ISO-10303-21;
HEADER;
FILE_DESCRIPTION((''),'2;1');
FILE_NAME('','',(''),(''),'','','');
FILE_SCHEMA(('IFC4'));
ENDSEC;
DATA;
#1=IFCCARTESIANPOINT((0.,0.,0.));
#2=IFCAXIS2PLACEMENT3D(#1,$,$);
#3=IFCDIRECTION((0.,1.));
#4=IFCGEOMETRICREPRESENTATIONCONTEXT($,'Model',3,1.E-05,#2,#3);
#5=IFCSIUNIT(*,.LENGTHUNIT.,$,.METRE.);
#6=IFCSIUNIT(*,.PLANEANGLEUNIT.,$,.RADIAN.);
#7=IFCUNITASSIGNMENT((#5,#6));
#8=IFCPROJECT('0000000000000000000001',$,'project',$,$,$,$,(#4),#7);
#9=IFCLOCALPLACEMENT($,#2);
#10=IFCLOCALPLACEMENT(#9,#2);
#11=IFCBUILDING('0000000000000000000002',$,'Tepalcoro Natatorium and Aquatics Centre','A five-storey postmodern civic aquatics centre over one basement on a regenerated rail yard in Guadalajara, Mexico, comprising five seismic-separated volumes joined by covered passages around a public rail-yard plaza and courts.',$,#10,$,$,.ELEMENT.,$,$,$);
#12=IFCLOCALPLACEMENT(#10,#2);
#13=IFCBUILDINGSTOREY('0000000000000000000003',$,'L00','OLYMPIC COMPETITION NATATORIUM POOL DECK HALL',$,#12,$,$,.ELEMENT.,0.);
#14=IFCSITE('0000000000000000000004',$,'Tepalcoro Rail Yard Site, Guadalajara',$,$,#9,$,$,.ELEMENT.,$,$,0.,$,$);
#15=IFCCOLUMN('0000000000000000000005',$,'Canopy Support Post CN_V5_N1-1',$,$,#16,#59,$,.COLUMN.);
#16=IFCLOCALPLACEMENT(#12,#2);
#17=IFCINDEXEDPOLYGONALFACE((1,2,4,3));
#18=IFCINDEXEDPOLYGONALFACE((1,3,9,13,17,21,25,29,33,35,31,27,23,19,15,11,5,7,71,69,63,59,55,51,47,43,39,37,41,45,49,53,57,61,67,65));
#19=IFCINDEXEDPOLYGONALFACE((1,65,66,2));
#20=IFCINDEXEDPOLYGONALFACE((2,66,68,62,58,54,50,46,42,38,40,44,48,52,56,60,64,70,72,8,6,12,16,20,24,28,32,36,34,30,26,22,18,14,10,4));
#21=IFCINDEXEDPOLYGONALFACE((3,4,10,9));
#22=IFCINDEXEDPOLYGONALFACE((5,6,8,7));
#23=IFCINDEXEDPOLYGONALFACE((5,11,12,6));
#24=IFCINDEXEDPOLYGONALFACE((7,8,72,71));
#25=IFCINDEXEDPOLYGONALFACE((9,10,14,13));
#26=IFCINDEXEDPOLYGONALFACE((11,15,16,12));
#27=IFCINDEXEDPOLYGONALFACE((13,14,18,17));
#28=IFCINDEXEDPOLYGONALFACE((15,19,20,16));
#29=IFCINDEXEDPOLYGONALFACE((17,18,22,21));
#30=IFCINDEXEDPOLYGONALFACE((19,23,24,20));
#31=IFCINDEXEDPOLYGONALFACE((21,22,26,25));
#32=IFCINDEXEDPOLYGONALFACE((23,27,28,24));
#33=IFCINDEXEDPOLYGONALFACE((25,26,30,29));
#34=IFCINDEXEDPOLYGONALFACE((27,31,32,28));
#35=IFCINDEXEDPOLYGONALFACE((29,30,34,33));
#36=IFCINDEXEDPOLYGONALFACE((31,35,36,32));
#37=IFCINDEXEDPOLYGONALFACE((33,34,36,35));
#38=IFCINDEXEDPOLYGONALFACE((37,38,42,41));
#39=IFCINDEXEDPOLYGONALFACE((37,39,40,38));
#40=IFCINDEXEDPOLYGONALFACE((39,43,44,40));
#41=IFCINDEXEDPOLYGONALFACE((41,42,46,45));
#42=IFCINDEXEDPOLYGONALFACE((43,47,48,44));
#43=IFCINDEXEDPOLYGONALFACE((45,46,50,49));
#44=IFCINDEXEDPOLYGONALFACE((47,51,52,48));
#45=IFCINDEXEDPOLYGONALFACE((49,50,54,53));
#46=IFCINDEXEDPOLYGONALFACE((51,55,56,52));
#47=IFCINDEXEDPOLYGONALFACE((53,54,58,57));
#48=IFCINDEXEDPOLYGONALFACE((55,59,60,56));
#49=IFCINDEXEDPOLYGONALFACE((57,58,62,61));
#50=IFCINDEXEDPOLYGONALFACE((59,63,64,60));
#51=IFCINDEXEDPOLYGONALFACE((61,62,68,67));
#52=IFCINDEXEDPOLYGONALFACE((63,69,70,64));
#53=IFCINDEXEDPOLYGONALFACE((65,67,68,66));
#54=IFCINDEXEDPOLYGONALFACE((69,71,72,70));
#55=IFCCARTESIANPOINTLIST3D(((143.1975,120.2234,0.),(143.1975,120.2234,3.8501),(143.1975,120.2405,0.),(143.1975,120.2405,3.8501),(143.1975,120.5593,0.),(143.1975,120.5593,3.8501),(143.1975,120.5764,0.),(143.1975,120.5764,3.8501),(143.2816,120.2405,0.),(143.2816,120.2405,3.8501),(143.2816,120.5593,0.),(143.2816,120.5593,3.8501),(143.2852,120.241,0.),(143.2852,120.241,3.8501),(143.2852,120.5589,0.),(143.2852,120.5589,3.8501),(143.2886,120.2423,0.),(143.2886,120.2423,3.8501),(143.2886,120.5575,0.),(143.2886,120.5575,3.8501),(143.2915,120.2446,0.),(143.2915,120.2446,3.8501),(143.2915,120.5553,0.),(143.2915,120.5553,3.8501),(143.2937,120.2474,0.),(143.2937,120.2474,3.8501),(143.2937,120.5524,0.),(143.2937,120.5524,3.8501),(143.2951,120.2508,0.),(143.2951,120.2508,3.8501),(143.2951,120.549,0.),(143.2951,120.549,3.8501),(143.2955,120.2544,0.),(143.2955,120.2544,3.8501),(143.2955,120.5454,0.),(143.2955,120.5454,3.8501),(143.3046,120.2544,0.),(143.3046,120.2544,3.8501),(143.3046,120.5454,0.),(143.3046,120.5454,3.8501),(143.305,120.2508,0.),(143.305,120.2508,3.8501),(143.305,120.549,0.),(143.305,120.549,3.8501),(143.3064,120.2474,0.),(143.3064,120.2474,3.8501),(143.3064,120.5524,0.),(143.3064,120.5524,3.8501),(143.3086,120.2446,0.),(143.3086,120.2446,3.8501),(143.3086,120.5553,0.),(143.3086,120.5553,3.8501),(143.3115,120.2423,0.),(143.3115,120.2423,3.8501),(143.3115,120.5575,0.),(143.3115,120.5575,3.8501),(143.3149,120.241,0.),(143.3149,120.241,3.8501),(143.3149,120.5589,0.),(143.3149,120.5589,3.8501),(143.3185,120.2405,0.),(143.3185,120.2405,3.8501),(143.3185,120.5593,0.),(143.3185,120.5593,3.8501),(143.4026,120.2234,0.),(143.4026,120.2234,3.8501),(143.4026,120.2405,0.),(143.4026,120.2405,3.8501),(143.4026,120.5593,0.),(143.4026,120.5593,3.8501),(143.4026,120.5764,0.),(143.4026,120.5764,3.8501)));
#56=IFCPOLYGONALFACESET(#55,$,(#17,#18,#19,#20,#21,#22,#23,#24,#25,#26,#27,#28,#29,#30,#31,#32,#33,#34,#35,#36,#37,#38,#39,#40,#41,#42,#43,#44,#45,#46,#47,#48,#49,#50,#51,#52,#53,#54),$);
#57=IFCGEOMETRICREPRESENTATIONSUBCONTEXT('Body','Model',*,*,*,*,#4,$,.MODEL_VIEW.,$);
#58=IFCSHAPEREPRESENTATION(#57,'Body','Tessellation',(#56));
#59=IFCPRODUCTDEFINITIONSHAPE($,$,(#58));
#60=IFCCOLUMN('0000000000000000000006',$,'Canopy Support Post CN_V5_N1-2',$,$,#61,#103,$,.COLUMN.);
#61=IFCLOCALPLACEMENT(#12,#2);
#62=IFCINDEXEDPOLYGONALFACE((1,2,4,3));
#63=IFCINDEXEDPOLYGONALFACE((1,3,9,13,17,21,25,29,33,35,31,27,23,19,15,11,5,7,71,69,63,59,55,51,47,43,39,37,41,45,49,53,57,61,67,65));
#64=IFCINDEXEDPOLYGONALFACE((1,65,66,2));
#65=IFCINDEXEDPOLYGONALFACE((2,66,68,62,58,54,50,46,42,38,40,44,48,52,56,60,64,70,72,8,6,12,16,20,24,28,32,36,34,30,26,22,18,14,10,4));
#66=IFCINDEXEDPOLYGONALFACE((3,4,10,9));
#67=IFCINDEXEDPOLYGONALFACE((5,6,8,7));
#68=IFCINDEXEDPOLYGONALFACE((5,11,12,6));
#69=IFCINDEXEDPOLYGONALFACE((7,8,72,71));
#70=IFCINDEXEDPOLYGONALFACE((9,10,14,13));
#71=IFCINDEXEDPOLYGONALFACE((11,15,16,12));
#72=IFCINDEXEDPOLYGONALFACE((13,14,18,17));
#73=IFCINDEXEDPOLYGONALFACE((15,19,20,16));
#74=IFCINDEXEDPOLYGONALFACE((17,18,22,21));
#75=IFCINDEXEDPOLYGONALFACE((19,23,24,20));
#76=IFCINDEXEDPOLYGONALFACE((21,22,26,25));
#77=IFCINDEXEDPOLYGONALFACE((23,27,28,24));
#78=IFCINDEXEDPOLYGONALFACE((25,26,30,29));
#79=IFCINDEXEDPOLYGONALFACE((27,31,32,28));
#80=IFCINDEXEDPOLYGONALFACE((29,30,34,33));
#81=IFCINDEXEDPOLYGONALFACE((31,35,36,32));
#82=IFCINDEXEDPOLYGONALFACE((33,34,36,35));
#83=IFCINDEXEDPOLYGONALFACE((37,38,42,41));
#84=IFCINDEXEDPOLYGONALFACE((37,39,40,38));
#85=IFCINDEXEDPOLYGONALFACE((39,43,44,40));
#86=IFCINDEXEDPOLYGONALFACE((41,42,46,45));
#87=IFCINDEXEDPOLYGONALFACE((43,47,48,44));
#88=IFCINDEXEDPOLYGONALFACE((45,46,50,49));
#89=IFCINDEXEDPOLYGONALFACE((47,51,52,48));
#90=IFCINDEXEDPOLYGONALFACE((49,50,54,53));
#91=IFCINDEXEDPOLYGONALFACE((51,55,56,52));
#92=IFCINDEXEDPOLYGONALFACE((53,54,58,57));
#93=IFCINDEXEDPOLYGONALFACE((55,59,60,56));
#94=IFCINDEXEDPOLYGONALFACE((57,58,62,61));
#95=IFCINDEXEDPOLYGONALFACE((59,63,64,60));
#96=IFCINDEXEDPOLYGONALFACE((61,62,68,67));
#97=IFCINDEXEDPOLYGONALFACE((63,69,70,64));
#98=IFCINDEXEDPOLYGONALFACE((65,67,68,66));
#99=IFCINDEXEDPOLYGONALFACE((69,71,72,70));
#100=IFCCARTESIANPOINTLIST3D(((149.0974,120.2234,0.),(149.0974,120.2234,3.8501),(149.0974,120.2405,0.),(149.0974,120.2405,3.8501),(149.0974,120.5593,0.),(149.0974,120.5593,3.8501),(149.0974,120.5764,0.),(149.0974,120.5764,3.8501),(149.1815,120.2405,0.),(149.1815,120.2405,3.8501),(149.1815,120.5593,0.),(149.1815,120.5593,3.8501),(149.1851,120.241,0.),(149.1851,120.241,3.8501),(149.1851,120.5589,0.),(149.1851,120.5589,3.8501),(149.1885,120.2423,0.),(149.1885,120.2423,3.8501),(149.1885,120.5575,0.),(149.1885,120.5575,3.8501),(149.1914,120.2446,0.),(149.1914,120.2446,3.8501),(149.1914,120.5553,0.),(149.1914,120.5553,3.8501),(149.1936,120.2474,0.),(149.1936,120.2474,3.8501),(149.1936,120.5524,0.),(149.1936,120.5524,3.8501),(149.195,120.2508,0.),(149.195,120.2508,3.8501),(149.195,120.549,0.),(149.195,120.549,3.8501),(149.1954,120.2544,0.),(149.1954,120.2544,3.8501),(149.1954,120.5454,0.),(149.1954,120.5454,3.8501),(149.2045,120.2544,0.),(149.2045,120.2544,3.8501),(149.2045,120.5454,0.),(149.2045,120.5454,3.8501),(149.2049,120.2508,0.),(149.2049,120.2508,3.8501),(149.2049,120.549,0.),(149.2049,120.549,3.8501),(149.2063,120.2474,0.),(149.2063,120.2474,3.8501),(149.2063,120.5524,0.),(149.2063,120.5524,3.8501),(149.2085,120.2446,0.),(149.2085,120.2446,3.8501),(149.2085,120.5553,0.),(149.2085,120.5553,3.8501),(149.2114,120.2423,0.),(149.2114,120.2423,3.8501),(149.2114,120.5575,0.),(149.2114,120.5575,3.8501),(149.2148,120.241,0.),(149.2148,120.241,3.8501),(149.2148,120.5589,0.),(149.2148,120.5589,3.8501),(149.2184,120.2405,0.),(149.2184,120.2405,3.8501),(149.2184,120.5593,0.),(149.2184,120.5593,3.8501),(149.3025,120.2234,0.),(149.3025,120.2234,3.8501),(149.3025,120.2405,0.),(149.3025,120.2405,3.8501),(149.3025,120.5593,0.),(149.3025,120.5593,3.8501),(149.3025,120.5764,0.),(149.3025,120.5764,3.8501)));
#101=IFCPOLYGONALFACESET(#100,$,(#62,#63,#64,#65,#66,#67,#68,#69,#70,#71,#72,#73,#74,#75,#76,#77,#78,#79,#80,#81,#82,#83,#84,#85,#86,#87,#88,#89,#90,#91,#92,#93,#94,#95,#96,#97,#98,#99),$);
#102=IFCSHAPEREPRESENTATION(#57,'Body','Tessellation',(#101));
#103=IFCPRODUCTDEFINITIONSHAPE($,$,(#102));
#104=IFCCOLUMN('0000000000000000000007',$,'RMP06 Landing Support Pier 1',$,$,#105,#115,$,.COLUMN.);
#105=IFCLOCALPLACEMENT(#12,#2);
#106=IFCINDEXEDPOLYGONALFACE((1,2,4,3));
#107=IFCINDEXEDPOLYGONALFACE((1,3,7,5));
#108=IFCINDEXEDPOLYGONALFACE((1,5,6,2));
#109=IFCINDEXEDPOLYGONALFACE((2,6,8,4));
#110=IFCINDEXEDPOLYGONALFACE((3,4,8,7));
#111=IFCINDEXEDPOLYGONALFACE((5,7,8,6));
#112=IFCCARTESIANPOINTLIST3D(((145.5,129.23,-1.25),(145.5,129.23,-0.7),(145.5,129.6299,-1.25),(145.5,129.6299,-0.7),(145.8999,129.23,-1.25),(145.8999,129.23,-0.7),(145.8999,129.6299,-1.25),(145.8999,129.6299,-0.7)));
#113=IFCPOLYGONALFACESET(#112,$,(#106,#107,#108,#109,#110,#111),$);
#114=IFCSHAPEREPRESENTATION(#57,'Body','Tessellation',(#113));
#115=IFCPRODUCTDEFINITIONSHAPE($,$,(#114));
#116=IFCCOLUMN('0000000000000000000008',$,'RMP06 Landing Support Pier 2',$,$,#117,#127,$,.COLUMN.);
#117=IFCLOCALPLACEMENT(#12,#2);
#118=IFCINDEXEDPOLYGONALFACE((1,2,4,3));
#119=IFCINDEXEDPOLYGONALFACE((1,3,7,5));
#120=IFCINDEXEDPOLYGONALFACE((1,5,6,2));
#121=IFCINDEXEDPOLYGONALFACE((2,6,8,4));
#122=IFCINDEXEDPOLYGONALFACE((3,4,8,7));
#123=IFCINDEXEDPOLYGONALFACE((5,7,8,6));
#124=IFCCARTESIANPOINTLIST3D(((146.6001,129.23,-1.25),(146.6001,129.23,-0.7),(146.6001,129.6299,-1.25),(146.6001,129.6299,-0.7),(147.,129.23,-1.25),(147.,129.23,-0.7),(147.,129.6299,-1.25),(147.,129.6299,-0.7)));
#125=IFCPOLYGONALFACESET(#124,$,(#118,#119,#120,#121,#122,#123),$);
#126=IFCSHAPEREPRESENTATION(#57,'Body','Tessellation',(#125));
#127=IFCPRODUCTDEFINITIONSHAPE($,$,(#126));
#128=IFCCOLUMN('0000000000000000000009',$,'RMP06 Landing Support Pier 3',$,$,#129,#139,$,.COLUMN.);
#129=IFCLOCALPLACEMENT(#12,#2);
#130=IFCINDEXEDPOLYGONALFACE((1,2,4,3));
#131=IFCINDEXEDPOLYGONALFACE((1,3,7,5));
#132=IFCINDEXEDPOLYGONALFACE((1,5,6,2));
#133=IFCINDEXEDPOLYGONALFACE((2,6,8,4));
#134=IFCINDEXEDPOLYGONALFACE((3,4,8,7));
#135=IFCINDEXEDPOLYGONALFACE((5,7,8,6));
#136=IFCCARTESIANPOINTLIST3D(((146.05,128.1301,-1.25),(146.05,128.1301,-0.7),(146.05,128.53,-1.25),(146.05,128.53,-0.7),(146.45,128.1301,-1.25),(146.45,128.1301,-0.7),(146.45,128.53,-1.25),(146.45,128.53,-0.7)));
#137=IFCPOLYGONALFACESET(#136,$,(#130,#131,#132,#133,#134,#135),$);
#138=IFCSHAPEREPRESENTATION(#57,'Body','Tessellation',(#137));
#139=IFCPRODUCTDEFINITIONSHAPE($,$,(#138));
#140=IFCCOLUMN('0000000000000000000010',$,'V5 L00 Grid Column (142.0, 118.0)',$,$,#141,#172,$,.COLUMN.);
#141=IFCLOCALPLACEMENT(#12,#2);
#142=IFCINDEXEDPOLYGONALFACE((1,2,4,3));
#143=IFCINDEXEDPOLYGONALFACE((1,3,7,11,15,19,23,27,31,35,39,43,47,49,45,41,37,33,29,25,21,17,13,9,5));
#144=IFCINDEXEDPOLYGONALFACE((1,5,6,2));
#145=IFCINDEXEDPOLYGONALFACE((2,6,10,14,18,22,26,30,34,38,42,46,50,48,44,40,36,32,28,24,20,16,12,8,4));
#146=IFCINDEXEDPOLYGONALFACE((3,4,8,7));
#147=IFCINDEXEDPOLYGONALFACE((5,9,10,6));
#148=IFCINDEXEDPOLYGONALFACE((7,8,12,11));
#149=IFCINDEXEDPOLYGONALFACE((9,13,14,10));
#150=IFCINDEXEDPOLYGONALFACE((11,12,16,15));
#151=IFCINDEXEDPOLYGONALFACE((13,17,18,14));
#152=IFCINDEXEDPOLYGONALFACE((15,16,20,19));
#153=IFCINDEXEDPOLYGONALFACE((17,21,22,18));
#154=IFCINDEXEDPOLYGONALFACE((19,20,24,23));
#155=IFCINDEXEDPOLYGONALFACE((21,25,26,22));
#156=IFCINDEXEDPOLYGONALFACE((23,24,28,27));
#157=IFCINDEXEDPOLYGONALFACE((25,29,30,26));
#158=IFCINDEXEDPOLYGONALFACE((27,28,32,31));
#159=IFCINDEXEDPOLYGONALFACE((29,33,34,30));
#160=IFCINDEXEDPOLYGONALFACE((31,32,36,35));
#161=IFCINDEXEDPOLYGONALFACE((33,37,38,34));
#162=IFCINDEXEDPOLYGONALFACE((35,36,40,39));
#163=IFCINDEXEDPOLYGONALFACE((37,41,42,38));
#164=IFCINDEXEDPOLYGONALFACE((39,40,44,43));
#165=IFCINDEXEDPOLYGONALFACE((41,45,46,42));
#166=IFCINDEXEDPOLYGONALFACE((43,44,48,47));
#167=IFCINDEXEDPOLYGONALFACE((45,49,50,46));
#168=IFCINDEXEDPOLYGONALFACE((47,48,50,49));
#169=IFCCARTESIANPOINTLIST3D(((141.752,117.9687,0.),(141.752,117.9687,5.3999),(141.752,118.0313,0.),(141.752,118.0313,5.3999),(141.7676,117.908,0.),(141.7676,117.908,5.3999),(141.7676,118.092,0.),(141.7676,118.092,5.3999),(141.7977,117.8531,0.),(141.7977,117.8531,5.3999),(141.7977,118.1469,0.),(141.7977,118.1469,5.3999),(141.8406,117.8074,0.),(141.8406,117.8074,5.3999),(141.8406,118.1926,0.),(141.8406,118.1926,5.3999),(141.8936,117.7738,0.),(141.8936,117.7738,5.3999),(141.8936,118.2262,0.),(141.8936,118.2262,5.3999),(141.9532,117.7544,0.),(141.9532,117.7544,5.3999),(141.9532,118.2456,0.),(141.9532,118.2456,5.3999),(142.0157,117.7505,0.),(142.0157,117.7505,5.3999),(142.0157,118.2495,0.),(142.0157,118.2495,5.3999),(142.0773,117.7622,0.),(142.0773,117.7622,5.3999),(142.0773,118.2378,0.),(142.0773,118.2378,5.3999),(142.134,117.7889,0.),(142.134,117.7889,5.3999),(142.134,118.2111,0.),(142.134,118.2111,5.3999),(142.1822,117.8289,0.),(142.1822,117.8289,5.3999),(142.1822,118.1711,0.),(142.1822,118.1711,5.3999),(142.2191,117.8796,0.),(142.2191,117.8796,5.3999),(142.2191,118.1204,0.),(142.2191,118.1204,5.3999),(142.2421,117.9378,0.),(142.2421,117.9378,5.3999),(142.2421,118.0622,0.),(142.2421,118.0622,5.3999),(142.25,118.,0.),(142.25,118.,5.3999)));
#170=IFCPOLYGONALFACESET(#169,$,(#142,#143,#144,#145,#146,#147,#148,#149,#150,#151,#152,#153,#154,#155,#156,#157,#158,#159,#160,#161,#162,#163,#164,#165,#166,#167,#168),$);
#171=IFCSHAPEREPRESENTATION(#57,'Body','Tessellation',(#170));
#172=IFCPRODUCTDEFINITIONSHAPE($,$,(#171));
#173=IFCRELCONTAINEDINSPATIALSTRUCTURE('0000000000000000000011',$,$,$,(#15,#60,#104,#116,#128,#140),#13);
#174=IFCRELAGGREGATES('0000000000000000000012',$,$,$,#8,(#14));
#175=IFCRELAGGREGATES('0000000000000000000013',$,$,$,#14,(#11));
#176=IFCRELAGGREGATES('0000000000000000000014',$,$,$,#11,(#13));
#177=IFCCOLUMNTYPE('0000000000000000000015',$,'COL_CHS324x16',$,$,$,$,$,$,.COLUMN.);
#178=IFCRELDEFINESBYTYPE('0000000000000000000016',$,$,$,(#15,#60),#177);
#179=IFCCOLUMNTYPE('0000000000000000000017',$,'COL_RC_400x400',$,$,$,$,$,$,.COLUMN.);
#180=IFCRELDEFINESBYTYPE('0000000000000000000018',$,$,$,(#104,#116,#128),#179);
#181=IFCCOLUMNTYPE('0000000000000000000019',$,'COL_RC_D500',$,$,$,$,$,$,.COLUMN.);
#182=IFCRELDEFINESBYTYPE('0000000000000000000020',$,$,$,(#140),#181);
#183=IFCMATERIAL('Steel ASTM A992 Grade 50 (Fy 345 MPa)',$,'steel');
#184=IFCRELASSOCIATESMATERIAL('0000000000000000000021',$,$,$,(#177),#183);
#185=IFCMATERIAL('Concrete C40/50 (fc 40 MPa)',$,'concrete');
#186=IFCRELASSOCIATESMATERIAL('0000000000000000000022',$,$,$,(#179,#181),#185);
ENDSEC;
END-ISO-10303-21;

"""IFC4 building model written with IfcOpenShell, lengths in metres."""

from ifc_helpers import new_model, si_unit, direction, frame, origin, origin_2d, place, context, subcontext, project, spatial, rectangle, circle, i_section, extrude, material, material_profile, profile_set, type_object, element, save


model = new_model("IFC4")

# Units and contexts
model_context = context("Model", 3, precision=1e-05, world=origin(), true_north=direction((0.0, 1.0)))
body_context = subcontext(model_context, "Body", "Model", "MODEL_VIEW")
ifc_project = project(units=[si_unit("LENGTHUNIT", "METRE"), si_unit("PLANEANGLEUNIT", "RADIAN")], contexts=[model_context])

# Site, building, storey
site_placement = place(None, origin())
site = spatial("IfcSite", under=ifc_project, at=site_placement, Name="Tepalcoro Rail Yard Site, Guadalajara", CompositionType="ELEMENT", RefElevation=0.0)
building_placement = place(site_placement, origin())
building = spatial("IfcBuilding", under=site, at=building_placement, Name="Tepalcoro Natatorium and Aquatics Centre", Description="A five-storey postmodern civic aquatics centre over one basement on a regenerated rail yard in Guadalajara, Mexico, comprising five seismic-separated volumes joined by covered passages around a public rail-yard plaza and courts.", CompositionType="ELEMENT")
storey_placement = place(building_placement, origin())
storey = spatial("IfcBuildingStorey", under=building, at=storey_placement, Name="L00", Description="OLYMPIC COMPETITION NATATORIUM POOL DECK HALL", CompositionType="ELEMENT", Elevation=0.0)

# Shared definitions
ifc_material_1 = material(Name="Concrete C40/50 (fc 40 MPa)", Category="concrete")

# Columns
ifc_material_2 = material(Name="Steel ASTM A992 Grade 50 (Fy 345 MPa)", Category="steel")
ifc_material_profile_1 = material_profile(ifc_material_2, i_section(OverallWidth=0.2051, OverallDepth=0.353, WebThickness=0.009, FlangeThickness=0.0171, FilletRadius=0.0139, at=origin_2d()), Name="W14X53")
ifc_profile_set_1 = profile_set([ifc_material_profile_1], Name="Steel ASTM A992 Grade 50 (Fy 345 MPa)")
column_type_1 = type_object("IfcColumnType", Name="COL_CHS324x16", PredefinedType="COLUMN", material=ifc_profile_set_1)
for number, where, z_axis, x_axis, name in (
    (1, (143.3, 120.3999, 0.0), (0.0, 0.0, 1.0), (1.0, 0.0, 0.0), "Canopy Support Post CN_V5_N1-1"),
    (2, (149.2, 120.3999, 0.0), (0.0, 0.0, 1.0), (1.0, 0.0, 0.0), "Canopy Support Post CN_V5_N1-2"),
):
    element("IfcColumn", number, at=place(storey_placement, frame(where, z_axis=z_axis, x_axis=x_axis)), inside=storey, type_object=column_type_1, Name=name, PredefinedType="COLUMN", context=body_context, shape_type="SweptSolid", body=[
        extrude(i_section(OverallWidth=0.2051, OverallDepth=0.353, WebThickness=0.009, FlangeThickness=0.0171, FilletRadius=0.0139, at=origin_2d()), origin(), (0.0, 0.0, 1.0), 3.8501),
    ])
ifc_material_profile_2 = material_profile(ifc_material_1, rectangle(XDim=0.3999, YDim=0.3999, at=origin_2d()), Name="RC400x400")
ifc_profile_set_2 = profile_set([ifc_material_profile_2], Name="Concrete C40/50 (fc 40 MPa)")
column_type_2 = type_object("IfcColumnType", Name="COL_RC_400x400", PredefinedType="COLUMN", material=ifc_profile_set_2)
for number, where, z_axis, x_axis, name in (
    (3, (145.7, 129.4299, -1.25), (0.0, 0.0, 1.0), (1.0, 0.0, 0.0), "RMP06 Landing Support Pier 1"),
    (4, (146.8, 129.4299, -1.25), (0.0, 0.0, 1.0), (1.0, 0.0, 0.0), "RMP06 Landing Support Pier 2"),
    (5, (146.25, 128.3301, -1.25), (0.0, 0.0, 1.0), (1.0, 0.0, 0.0), "RMP06 Landing Support Pier 3"),
):
    element("IfcColumn", number, at=place(storey_placement, frame(where, z_axis=z_axis, x_axis=x_axis)), inside=storey, type_object=column_type_2, Name=name, PredefinedType="COLUMN", context=body_context, shape_type="SweptSolid", body=[
        extrude(rectangle(XDim=0.3999, YDim=0.3999, at=origin_2d()), origin(), (0.0, 0.0, 1.0), 0.55),
    ])
ifc_material_profile_3 = material_profile(ifc_material_1, circle(Radius=0.25, at=origin_2d()), Name="RCD500")
ifc_profile_set_3 = profile_set([ifc_material_profile_3], Name="Concrete C40/50 (fc 40 MPa)")
column_type_3 = type_object("IfcColumnType", Name="COL_RC_D500", PredefinedType="COLUMN", material=ifc_profile_set_3)
column_1_placement = place(storey_placement, frame((142.0, 118.0, 0.0), z_axis=(0.0, 0.0, 1.0), x_axis=(1.0, 0.0, 0.0)))
element("IfcColumn", 6, at=column_1_placement, inside=storey, type_object=column_type_3, Name="V5 L00 Grid Column (142.0, 118.0)", PredefinedType="COLUMN", context=body_context, shape_type="SweptSolid", body=[
    extrude(circle(Radius=0.25, at=origin_2d()), origin(), (0.0, 0.0, 1.0), 5.3999),
])

save(model, "model.ifc")
